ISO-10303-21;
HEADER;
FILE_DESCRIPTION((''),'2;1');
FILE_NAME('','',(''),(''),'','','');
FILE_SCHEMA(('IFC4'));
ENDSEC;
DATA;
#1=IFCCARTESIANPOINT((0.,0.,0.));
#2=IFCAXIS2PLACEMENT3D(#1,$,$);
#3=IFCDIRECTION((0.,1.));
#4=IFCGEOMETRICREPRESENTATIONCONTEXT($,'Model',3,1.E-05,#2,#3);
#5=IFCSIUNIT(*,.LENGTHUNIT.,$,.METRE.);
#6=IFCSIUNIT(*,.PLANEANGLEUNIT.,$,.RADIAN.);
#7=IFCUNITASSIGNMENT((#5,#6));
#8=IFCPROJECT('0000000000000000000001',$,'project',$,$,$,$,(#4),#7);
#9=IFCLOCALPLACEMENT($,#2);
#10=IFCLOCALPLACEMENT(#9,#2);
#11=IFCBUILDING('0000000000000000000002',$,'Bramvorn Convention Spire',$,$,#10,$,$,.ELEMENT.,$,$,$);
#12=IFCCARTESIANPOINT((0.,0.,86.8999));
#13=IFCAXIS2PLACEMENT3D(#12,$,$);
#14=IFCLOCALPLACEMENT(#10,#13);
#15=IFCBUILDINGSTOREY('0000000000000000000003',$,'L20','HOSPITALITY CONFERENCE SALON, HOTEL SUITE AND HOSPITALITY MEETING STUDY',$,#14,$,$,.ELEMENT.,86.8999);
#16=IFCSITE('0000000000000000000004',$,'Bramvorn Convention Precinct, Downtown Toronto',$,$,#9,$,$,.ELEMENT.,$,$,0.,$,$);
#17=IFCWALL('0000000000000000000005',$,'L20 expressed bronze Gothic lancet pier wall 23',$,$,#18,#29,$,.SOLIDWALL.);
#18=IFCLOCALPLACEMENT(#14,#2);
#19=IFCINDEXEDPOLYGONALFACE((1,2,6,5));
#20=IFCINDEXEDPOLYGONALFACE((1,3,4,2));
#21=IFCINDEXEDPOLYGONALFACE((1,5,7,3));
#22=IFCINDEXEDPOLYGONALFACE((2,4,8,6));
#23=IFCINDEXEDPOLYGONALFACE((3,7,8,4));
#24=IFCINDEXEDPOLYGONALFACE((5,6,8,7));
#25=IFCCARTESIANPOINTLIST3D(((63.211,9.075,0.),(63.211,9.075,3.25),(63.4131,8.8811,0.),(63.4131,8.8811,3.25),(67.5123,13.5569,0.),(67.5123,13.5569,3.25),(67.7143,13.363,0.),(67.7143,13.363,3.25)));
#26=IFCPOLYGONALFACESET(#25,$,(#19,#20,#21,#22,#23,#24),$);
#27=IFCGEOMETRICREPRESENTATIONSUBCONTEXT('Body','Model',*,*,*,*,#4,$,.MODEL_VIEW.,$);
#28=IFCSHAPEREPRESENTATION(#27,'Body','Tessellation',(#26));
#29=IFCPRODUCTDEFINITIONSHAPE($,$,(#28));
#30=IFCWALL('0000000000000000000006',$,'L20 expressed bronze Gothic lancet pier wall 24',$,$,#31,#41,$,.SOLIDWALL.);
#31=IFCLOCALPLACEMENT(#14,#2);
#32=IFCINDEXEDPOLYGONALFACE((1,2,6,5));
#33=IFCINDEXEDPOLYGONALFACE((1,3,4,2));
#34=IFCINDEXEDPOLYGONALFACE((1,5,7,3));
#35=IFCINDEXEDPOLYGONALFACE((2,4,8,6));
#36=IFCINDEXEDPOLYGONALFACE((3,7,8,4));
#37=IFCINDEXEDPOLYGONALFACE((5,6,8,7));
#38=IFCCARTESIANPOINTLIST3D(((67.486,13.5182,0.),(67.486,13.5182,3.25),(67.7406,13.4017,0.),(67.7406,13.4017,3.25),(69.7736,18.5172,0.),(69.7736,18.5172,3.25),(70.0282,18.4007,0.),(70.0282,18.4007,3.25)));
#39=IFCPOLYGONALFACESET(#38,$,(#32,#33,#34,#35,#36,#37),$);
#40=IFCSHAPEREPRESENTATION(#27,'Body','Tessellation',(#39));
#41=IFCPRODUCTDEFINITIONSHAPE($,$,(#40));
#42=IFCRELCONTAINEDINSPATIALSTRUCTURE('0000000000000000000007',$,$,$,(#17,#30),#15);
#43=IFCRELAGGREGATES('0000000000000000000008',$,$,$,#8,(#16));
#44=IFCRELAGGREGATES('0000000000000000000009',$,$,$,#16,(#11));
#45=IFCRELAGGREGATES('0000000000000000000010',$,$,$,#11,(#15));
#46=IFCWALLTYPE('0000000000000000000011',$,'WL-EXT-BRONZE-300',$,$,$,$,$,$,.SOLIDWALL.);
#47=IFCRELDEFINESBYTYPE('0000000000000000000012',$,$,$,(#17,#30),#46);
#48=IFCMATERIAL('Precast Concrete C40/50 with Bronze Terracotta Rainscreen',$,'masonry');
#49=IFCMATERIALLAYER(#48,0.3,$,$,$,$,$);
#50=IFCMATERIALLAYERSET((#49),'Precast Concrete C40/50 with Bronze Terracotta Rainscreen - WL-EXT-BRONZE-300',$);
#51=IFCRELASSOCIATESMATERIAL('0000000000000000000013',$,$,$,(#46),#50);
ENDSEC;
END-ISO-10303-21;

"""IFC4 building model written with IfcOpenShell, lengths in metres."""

from ifc_helpers import new_model, si_unit, direction, frame, frame_2d, origin, place, context, subcontext, project, spatial, rectangle, extrude, material, layer, layer_set, type_object, element, save


model = new_model("IFC4")

# Units and contexts
model_context = context("Model", 3, precision=1e-05, world=origin(), true_north=direction((0.0, 1.0)))
body_context = subcontext(model_context, "Body", "Model", "MODEL_VIEW")
ifc_project = project(units=[si_unit("LENGTHUNIT", "METRE"), si_unit("PLANEANGLEUNIT", "RADIAN")], contexts=[model_context])

# Site, building, storey
site_placement = place(None, origin())
site = spatial("IfcSite", under=ifc_project, at=site_placement, Name="Bramvorn Convention Precinct, Downtown Toronto", CompositionType="ELEMENT", RefElevation=0.0)
building_placement = place(site_placement, origin())
building = spatial("IfcBuilding", under=site, at=building_placement, Name="Bramvorn Convention Spire", CompositionType="ELEMENT")
storey_placement = place(building_placement, frame((0.0, 0.0, 86.8999)))
storey = spatial("IfcBuildingStorey", under=building, at=storey_placement, Name="L20", Description="HOSPITALITY CONFERENCE SALON, HOTEL SUITE AND HOSPITALITY MEETING STUDY", CompositionType="ELEMENT", Elevation=86.8999)

# Walls
ifc_material_1 = material(Name="Precast Concrete C40/50 with Bronze Terracotta Rainscreen", Category="masonry")
ifc_layer_1 = layer(ifc_material_1, 0.3)
ifc_layer_set_1 = layer_set([ifc_layer_1], Name="Precast Concrete C40/50 with Bronze Terracotta Rainscreen - WL-EXT-BRONZE-300")
wall_type = type_object("IfcWallType", Name="WL-EXT-BRONZE-300", PredefinedType="SOLIDWALL", material=ifc_layer_set_1)
wall_1_placement = place(storey_placement, frame((67.6133, 13.46, 0.0), z_axis=(0.0, 0.0, 1.0), x_axis=(-0.692416, -0.721499, 0.0)))
element("IfcWall", 1, at=wall_1_placement, inside=storey, type_object=wall_type, Name="L20 expressed bronze Gothic lancet pier wall 23", PredefinedType="SOLIDWALL", context=body_context, shape_type="SweptSolid", body=[
    extrude(rectangle(XDim=6.2119, YDim=0.28, at=frame_2d((3.106, 0.0))), origin(), (0.0, 0.0, 1.0), 3.25),
])
wall_2_placement = place(storey_placement, frame((69.9009, 18.459, 0.0), z_axis=(0.0, 0.0, 1.0), x_axis=(-0.41611, -0.909314, 0.0)))
element("IfcWall", 2, at=wall_2_placement, inside=storey, type_object=wall_type, Name="L20 expressed bronze Gothic lancet pier wall 24", PredefinedType="SOLIDWALL", context=body_context, shape_type="SweptSolid", body=[
    extrude(rectangle(XDim=5.4976, YDim=0.28, at=frame_2d((2.7488, 0.0))), origin(), (0.0, 0.0, 1.0), 3.25),
])

save(model, "model.ifc")
